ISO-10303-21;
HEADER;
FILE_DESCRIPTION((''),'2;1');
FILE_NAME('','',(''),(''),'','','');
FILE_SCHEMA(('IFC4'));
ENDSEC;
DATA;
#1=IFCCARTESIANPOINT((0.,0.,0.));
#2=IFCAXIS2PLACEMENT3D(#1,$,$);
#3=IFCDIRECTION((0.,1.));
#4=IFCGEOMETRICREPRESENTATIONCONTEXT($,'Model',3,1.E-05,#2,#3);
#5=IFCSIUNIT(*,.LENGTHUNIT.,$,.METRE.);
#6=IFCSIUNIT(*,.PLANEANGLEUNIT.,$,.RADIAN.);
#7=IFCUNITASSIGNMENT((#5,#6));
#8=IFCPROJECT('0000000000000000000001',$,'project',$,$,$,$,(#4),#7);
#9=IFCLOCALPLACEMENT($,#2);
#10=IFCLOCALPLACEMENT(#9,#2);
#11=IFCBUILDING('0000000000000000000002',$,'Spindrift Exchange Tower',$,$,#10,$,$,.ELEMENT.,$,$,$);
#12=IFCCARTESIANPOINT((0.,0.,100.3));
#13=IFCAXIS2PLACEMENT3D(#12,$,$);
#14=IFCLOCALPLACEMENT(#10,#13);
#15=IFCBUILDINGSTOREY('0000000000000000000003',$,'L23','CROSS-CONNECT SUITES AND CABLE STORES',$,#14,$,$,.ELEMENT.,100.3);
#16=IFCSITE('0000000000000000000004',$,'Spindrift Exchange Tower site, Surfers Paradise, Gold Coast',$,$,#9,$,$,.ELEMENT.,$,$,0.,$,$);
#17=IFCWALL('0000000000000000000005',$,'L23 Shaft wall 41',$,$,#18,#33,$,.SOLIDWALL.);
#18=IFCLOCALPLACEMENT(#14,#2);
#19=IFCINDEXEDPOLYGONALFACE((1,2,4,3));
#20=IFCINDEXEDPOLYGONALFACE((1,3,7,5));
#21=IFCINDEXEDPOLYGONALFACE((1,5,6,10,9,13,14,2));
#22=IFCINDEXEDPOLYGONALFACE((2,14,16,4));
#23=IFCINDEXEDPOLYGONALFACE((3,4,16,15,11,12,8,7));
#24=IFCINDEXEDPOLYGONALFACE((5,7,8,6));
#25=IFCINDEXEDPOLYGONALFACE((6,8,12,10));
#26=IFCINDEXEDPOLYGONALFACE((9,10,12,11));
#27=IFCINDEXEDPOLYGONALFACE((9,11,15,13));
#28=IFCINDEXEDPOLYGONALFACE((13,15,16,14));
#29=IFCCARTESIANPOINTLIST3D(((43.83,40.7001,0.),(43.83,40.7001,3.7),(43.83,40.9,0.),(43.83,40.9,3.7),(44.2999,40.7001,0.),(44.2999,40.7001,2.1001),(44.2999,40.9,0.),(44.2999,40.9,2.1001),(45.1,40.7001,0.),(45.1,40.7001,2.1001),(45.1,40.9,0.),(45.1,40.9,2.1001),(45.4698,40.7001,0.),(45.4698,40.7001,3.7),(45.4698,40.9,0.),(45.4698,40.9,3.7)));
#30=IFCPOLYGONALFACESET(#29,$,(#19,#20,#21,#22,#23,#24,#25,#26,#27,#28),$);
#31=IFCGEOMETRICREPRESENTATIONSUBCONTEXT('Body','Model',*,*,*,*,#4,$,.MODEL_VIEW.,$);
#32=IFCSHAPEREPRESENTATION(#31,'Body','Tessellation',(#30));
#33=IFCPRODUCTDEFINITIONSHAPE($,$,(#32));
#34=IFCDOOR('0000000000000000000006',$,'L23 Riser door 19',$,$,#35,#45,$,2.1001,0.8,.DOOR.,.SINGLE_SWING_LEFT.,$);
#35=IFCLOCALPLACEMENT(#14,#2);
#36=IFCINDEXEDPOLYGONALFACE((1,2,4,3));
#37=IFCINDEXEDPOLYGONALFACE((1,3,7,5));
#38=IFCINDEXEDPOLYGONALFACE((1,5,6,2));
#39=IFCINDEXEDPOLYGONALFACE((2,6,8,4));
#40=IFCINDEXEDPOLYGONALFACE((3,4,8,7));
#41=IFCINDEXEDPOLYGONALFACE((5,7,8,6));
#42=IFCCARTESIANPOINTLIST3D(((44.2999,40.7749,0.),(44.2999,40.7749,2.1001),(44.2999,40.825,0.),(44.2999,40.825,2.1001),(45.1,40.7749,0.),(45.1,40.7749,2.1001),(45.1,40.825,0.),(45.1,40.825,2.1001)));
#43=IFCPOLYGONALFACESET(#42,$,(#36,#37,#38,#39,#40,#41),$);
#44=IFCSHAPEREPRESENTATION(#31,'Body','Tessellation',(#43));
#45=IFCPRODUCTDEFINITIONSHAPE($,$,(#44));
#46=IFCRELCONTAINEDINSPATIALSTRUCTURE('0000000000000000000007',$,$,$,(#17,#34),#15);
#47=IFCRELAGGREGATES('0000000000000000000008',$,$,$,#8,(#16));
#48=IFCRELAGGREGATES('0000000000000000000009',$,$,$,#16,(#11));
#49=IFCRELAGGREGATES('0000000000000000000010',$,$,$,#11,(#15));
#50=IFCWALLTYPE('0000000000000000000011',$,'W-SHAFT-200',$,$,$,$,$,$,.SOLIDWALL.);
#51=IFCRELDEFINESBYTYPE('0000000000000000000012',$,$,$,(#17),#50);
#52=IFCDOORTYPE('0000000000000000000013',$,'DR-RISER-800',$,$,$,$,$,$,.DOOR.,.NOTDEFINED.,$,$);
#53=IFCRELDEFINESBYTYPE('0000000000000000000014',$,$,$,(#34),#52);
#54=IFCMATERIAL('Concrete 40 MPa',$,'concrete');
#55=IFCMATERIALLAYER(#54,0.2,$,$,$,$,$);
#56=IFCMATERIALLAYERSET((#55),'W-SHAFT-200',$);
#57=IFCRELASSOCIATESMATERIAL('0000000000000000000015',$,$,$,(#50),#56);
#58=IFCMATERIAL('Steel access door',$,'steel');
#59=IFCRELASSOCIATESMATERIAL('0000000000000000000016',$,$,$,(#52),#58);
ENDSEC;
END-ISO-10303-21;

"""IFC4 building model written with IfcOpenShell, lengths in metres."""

from ifc_helpers import new_model, si_unit, direction, frame, frame_2d, origin, place, context, subcontext, project, spatial, rectangle, extrude, source, transform, mapped, material, layer, layer_set, type_object, element, fill, save


model = new_model("IFC4")

# Units and contexts
model_context = context("Model", 3, precision=1e-05, world=origin(), true_north=direction((0.0, 1.0)))
body_context = subcontext(model_context, "Body", "Model", "MODEL_VIEW")
ifc_project = project(units=[si_unit("LENGTHUNIT", "METRE"), si_unit("PLANEANGLEUNIT", "RADIAN")], contexts=[model_context])

# Site, building, storey
site_placement = place(None, origin())
site = spatial("IfcSite", under=ifc_project, at=site_placement, Name="Spindrift Exchange Tower site, Surfers Paradise, Gold Coast", CompositionType="ELEMENT", RefElevation=0.0)
building_placement = place(site_placement, origin())
building = spatial("IfcBuilding", under=site, at=building_placement, Name="Spindrift Exchange Tower", CompositionType="ELEMENT")
storey_placement = place(building_placement, frame((0.0, 0.0, 100.3)))
storey = spatial("IfcBuildingStorey", under=building, at=storey_placement, Name="L23", Description="CROSS-CONNECT SUITES AND CABLE STORES", CompositionType="ELEMENT", Elevation=100.3)

# Shared definitions
ifc_material_1 = material(Name="Steel access door", Category="steel")

# Shared definitions
ifc_material_2 = material(Name="Concrete 40 MPa", Category="concrete")
ifc_layer_1 = layer(ifc_material_2, 0.2)
ifc_layer_set_1 = layer_set([ifc_layer_1], Name="W-SHAFT-200")
wall_type_1 = type_object("IfcWallType", Name="W-SHAFT-200", PredefinedType="SOLIDWALL", material=ifc_layer_set_1)

# Wall, opening, door
wall_1_placement = place(storey_placement, frame((43.8301, 40.8, 0.0), z_axis=(0.0, 0.0, 1.0), x_axis=(1.0, 0.0, 0.0)))
wall_1 = element("IfcWall", 1, at=wall_1_placement, inside=storey, type_object=wall_type_1, Name="L23 Shaft wall 41", PredefinedType="SOLIDWALL", context=body_context, shape_type="SweptSolid", body=[
    extrude(rectangle(XDim=1.6399, YDim=0.2, at=frame_2d((0.8198, 0.0))), origin(), (0.0, 0.0, 1.0), 3.7),
])
opening_1_placement = place(wall_1_placement, frame((0.47, 0.0, 0.0)))
opening_1 = element("IfcOpeningElement", 2, at=opening_1_placement, cuts=wall_1, PredefinedType="OPENING", context=body_context, shape_type="SweptSolid", body=[
    extrude(rectangle(XDim=0.8, YDim=2.1001, at=frame_2d((0.3999, 1.05))), frame((0.0, 0.1099, 0.0), z_axis=(0.0, -1.0, 0.0), x_axis=(1.0, 0.0, 0.0)), (0.0, 0.0, 1.0), 0.22),
])
door_type_1 = type_object("IfcDoorType", Name="DR-RISER-800", OperationType="NOTDEFINED", PredefinedType="DOOR", material=ifc_material_1)
shared_shape_1 = source(origin(), body_context, "Body", "SweptSolid", [
    extrude(rectangle(XDim=0.8, YDim=2.1001, at=frame_2d((0.3999, 1.05))), frame((0.0, 0.0249, 0.0), z_axis=(0.0, -1.0, 0.0), x_axis=(1.0, 0.0, 0.0)), (0.0, 0.0, 1.0), 0.05),
])
door_1_placement = place(opening_1_placement, origin())
door_1 = element("IfcDoor", 3, at=door_1_placement, inside=storey, type_object=door_type_1, Name="L23 Riser door 19", OperationType="SINGLE_SWING_LEFT", OverallHeight=2.1001, OverallWidth=0.8, PredefinedType="DOOR", context=body_context, shape_type="MappedRepresentation", body=[
    mapped(shared_shape_1, transform((0.0, 0.0, 0.0), scale=1.0)),
])
fill(opening_1, door_1)

save(model, "model.ifc")
